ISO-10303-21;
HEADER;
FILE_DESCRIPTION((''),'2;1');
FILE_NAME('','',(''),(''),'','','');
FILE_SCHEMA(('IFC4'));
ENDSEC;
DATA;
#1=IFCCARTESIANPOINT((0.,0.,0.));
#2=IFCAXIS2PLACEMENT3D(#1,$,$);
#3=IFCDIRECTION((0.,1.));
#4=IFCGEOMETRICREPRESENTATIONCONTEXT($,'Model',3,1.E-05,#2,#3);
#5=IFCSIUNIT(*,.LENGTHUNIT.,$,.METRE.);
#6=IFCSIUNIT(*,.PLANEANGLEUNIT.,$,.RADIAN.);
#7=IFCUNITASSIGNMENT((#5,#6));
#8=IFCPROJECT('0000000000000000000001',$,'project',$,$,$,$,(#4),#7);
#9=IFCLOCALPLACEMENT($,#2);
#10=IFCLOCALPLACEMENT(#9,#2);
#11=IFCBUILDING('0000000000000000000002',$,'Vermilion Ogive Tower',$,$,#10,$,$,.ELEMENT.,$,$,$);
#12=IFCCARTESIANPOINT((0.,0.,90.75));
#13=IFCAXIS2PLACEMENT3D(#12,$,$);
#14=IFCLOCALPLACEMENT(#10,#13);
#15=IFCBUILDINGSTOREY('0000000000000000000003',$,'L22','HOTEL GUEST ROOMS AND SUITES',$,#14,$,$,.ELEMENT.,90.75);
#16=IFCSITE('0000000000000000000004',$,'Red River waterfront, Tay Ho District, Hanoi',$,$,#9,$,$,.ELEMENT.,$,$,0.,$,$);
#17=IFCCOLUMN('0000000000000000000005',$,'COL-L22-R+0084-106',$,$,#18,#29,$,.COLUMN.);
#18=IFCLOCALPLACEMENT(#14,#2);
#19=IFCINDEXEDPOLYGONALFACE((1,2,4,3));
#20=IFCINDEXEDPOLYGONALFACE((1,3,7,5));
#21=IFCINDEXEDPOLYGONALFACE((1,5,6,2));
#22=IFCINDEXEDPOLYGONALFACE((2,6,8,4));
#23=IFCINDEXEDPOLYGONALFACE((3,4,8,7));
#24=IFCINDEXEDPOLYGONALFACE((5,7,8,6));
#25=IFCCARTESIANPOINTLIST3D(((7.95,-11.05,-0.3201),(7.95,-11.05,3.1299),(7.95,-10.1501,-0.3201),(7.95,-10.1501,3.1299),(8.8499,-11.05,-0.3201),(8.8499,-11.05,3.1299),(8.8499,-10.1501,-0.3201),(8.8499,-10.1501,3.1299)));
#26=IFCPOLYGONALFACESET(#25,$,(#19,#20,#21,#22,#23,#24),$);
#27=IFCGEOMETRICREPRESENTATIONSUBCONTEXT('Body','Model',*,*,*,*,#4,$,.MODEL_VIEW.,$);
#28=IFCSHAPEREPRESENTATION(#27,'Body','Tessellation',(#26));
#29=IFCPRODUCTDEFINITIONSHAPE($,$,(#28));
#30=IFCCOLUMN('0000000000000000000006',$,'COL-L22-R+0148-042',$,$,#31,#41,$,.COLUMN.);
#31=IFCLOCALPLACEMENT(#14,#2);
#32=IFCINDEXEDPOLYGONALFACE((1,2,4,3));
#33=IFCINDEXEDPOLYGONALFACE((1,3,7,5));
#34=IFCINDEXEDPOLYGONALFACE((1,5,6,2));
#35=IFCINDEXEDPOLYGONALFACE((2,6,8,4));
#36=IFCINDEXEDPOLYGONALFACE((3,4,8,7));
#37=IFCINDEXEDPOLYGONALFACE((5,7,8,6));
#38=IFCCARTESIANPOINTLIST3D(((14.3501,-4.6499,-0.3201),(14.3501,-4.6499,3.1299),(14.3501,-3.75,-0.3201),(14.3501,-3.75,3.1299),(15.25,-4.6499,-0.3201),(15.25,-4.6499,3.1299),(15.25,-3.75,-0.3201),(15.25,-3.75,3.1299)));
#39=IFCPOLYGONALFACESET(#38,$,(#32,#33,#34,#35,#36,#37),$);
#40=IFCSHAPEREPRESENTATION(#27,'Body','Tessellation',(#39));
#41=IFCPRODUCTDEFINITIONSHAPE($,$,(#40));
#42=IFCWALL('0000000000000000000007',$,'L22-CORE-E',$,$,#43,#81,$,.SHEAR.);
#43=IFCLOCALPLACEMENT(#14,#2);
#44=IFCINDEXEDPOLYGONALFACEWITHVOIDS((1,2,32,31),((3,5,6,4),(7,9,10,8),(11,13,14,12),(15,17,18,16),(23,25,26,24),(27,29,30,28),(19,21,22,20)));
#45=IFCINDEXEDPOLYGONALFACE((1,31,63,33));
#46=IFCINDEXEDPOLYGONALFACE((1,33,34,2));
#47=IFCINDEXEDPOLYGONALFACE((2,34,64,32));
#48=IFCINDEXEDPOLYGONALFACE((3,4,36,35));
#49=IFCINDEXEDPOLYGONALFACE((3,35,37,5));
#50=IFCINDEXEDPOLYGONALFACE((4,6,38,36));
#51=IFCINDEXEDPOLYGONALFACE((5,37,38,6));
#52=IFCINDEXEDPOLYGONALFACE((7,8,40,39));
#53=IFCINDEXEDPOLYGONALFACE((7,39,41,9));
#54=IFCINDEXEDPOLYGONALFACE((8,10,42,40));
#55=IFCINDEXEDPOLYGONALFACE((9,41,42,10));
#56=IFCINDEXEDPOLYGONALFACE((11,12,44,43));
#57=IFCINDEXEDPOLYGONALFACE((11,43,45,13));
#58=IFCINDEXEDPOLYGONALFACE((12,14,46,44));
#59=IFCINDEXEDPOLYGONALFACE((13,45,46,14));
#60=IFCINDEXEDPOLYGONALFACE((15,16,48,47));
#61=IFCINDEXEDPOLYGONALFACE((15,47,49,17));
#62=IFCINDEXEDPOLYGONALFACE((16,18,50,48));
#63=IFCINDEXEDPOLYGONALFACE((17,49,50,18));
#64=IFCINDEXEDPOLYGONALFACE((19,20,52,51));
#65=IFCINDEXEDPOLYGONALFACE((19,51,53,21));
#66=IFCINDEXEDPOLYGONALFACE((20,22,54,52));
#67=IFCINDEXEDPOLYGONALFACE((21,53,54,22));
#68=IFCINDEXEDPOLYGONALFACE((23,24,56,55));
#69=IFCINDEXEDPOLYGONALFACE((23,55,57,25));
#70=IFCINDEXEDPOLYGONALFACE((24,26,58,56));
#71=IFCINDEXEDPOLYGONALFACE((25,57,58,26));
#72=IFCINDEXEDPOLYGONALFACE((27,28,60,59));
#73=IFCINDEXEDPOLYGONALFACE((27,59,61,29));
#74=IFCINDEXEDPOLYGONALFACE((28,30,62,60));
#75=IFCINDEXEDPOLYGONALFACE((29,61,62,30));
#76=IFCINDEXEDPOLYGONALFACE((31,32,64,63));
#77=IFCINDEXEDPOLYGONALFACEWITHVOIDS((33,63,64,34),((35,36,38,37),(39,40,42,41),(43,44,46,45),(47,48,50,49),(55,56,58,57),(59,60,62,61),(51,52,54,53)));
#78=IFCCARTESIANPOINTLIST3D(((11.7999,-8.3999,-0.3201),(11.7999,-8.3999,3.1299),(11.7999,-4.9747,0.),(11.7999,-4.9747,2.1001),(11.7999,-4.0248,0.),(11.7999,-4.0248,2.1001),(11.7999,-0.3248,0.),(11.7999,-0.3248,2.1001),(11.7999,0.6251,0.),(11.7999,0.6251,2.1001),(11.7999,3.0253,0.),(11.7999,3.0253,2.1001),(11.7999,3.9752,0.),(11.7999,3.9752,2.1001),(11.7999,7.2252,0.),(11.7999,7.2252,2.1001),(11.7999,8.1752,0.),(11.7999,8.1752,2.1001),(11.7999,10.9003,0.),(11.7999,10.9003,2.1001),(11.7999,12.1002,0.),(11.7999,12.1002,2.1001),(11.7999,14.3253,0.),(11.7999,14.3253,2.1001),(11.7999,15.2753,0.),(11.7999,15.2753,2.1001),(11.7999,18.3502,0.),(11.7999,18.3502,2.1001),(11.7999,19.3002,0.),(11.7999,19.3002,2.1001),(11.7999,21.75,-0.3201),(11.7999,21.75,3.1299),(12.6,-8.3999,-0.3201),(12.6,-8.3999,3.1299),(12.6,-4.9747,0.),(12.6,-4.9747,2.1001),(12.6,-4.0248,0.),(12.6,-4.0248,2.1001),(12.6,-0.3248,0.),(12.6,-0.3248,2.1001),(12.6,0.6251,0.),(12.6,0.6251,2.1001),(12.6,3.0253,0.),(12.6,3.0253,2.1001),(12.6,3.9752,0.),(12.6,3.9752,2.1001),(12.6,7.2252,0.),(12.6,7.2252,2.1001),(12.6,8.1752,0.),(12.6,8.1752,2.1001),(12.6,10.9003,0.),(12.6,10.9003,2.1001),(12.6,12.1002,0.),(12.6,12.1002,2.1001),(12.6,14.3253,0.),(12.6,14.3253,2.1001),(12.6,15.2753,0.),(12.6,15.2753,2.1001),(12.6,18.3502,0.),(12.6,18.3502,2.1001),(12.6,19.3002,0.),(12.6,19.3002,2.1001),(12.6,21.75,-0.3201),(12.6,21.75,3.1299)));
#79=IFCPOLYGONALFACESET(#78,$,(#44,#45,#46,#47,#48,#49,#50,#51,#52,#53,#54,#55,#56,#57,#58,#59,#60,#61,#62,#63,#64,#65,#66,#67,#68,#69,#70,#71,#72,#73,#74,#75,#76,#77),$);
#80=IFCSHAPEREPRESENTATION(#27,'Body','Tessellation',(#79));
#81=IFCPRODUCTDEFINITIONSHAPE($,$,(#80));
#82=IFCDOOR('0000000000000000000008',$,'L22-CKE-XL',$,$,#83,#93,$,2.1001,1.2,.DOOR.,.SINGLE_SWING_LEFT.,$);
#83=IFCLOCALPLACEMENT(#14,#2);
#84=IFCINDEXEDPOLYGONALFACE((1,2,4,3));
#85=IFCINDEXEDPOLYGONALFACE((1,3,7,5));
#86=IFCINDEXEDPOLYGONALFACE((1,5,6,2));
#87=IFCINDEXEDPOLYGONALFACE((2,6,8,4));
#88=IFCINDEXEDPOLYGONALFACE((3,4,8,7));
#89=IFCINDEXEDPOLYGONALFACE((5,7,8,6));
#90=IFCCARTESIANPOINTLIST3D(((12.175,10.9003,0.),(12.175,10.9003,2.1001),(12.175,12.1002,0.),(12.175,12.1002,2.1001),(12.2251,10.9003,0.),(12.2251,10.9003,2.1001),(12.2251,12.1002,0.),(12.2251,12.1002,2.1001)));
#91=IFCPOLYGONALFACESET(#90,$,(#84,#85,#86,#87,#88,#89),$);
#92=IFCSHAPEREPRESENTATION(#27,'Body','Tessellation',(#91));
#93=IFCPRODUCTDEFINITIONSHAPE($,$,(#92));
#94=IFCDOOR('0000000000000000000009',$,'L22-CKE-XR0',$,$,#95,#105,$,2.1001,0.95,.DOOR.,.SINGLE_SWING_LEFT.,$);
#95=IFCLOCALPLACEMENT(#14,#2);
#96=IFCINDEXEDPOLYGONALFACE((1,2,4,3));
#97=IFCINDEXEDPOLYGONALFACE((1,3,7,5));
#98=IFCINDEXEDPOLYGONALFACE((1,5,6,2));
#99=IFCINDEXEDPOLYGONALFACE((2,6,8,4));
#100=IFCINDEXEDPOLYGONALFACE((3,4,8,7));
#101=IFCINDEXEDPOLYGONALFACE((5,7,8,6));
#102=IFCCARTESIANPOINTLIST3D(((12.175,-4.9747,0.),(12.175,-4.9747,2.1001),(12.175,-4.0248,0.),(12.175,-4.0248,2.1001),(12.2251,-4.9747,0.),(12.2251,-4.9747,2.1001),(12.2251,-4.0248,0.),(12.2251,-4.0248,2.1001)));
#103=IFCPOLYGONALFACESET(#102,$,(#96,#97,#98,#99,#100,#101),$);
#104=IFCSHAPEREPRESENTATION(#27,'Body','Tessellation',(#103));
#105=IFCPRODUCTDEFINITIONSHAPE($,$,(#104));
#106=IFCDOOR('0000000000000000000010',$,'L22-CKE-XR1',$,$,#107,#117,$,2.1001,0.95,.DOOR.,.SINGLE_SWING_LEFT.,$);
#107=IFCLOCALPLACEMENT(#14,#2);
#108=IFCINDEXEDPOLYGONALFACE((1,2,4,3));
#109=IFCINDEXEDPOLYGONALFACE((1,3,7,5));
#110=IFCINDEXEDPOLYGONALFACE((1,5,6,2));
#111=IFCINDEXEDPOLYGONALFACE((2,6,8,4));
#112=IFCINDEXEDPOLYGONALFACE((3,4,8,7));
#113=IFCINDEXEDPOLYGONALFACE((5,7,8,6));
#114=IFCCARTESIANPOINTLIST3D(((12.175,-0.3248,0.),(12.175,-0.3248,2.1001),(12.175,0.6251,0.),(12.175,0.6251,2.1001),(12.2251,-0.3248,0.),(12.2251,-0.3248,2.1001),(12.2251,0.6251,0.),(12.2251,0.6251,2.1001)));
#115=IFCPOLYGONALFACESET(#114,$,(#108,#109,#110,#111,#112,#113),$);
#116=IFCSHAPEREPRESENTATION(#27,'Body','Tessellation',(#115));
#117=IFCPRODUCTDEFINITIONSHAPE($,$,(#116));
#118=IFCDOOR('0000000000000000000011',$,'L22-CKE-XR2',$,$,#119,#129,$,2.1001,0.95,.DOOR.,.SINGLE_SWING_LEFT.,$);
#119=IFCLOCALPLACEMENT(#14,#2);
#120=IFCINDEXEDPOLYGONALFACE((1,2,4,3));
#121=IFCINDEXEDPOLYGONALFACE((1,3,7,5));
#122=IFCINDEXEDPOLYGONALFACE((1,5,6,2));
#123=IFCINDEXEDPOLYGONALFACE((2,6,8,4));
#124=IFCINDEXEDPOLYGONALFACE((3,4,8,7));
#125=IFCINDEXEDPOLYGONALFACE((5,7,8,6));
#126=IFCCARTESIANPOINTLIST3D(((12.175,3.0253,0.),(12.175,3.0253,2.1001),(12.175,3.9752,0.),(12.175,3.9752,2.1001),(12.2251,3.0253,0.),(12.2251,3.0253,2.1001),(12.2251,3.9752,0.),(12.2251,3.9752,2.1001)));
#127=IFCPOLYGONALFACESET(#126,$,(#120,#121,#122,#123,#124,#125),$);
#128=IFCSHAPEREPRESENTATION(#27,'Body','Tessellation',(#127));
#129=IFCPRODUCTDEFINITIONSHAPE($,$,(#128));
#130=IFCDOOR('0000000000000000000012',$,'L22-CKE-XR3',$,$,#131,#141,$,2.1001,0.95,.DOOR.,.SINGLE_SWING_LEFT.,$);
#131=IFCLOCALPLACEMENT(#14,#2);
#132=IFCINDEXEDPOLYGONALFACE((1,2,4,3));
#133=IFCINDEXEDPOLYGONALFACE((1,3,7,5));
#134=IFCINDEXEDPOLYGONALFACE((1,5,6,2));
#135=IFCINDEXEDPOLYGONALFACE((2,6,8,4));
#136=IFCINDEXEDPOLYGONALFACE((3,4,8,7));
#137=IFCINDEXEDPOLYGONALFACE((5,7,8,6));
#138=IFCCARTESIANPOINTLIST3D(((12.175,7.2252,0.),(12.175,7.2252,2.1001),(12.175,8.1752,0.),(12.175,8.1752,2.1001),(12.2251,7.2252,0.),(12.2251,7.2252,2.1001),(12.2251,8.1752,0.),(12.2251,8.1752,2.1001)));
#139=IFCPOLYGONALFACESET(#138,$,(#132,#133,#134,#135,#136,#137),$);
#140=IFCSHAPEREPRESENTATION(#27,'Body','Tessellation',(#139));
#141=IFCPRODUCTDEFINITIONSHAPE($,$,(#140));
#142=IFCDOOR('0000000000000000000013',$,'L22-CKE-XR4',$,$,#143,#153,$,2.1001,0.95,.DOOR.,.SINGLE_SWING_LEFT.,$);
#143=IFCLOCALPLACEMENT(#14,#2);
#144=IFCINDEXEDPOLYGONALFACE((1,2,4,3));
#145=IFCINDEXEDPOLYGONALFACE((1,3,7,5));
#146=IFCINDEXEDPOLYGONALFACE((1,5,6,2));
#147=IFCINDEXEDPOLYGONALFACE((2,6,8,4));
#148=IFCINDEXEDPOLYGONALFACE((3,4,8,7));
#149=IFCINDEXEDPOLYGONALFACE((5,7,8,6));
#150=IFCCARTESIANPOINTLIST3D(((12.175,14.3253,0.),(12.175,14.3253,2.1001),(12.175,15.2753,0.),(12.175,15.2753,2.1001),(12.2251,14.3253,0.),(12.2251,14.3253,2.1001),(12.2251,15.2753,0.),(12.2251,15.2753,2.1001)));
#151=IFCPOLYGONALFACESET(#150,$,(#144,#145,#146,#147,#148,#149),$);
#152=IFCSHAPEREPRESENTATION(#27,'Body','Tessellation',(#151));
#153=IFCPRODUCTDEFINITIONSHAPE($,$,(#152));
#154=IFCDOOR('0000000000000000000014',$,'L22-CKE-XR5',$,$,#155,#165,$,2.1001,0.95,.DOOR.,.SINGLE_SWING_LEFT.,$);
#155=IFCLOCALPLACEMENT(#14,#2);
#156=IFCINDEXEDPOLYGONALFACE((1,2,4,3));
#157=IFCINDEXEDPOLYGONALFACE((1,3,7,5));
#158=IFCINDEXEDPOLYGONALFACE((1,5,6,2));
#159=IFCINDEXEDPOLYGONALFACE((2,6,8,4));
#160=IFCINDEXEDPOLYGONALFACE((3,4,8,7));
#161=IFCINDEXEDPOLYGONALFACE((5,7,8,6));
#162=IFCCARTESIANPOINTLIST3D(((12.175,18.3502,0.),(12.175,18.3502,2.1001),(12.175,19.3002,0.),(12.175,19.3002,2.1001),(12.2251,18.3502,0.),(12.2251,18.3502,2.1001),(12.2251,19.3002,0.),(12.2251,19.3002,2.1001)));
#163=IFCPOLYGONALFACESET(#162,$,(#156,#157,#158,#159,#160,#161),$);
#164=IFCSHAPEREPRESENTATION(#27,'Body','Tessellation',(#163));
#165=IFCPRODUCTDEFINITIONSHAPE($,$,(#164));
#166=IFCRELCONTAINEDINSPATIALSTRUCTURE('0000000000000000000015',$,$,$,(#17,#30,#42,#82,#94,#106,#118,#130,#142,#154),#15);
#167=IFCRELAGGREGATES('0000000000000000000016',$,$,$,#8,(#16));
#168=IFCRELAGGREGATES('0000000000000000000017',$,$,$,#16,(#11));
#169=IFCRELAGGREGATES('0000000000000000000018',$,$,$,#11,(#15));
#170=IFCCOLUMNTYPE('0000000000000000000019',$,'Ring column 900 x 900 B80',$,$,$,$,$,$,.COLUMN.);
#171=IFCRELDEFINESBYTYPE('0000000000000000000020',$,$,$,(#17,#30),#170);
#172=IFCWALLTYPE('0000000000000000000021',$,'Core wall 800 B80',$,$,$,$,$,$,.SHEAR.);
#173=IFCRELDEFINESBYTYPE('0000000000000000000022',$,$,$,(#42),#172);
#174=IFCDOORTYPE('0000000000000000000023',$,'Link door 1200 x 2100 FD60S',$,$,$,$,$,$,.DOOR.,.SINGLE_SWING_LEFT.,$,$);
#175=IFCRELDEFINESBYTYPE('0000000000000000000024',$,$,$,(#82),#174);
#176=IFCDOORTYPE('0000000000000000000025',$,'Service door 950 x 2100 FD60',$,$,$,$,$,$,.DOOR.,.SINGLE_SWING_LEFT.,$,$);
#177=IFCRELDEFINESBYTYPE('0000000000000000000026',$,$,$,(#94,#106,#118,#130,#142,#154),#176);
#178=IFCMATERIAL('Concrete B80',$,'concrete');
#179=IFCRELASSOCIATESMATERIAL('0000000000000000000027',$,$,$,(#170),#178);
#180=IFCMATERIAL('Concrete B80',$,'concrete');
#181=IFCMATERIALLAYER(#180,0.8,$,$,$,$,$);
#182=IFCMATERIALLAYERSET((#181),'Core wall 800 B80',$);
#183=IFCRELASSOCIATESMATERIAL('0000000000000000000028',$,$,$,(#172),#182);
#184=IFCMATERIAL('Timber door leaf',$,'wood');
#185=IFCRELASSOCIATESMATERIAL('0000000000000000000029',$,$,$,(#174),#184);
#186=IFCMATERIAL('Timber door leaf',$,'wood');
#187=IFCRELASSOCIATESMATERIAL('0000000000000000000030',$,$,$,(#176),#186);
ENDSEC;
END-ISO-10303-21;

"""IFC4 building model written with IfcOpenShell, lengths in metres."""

from ifc_helpers import new_model, si_unit, direction, frame, frame_2d, origin, origin_2d, place, context, subcontext, project, spatial, rectangle, extrude, material, layer, layer_set, material_profile, profile_set, type_object, element, fill, save


model = new_model("IFC4")

# Units and contexts
model_context = context("Model", 3, precision=1e-05, world=origin(), true_north=direction((0.0, 1.0)))
body_context = subcontext(model_context, "Body", "Model", "MODEL_VIEW")
ifc_project = project(units=[si_unit("LENGTHUNIT", "METRE"), si_unit("PLANEANGLEUNIT", "RADIAN")], contexts=[model_context])

# Site, building, storey
site_placement = place(None, origin())
site = spatial("IfcSite", under=ifc_project, at=site_placement, Name="Red River waterfront, Tay Ho District, Hanoi", CompositionType="ELEMENT", RefElevation=0.0)
building_placement = place(site_placement, origin())
building = spatial("IfcBuilding", under=site, at=building_placement, Name="Vermilion Ogive Tower", CompositionType="ELEMENT")
storey_placement = place(building_placement, frame((0.0, 0.0, 90.75)))
storey = spatial("IfcBuildingStorey", under=building, at=storey_placement, Name="L22", Description="HOTEL GUEST ROOMS AND SUITES", CompositionType="ELEMENT", Elevation=90.75)

# Columns
ifc_material_1 = material(Name="Concrete B80", Category="concrete")
ifc_material_profile = material_profile(ifc_material_1, rectangle(XDim=0.8999, YDim=0.8999, at=origin_2d()), Name="900 x 900")
ifc_profile_set = profile_set([ifc_material_profile], Name="Concrete B80")
column_type = type_object("IfcColumnType", Name="Ring column 900 x 900 B80", PredefinedType="COLUMN", material=ifc_profile_set)
for number, where, z_axis, x_axis, name in (
    (1, (8.3999, -10.6001, -0.3201), (0.0, 0.0, 1.0), (1.0, 0.0, 0.0), "COL-L22-R+0084-106"),
    (2, (14.8, -4.2, -0.3201), (0.0, 0.0, 1.0), (1.0, 0.0, 0.0), "COL-L22-R+0148-042"),
):
    element("IfcColumn", number, at=place(storey_placement, frame(where, z_axis=z_axis, x_axis=x_axis)), inside=storey, type_object=column_type, Name=name, PredefinedType="COLUMN", context=body_context, shape_type="SweptSolid", body=[
        extrude(rectangle(XDim=0.8999, YDim=0.8999, at=origin_2d()), origin(), (0.0, 0.0, 1.0), 3.45),
    ])

# Wall, openings, doors
ifc_material_2 = material(Name="Concrete B80", Category="concrete")
ifc_layer_1 = layer(ifc_material_2, 0.8)
ifc_layer_set_1 = layer_set([ifc_layer_1], Name="Core wall 800 B80")
wall_type_1 = type_object("IfcWallType", Name="Core wall 800 B80", PredefinedType="SHEAR", material=ifc_layer_set_1)
wall_1_placement = place(storey_placement, frame((12.2, -8.3999, -0.3201), z_axis=(0.0, 0.0, 1.0), x_axis=(0.0, 1.0, 0.0)))
wall_1 = element("IfcWall", 3, at=wall_1_placement, inside=storey, type_object=wall_type_1, Name="L22-CORE-E", PredefinedType="SHEAR", context=body_context, shape_type="SweptSolid", body=[
    extrude(rectangle(XDim=30.1499, YDim=0.8, at=frame_2d((15.075, 0.0))), origin(), (0.0, 0.0, 1.0), 3.45),
])
opening_1_placement = place(wall_1_placement, frame((3.425, 0.0, 0.3201)))
opening_1 = element("IfcOpeningElement", 4, at=opening_1_placement, cuts=wall_1, PredefinedType="OPENING", context=body_context, shape_type="SweptSolid", body=[
    extrude(rectangle(XDim=0.95, YDim=2.1001, at=frame_2d((0.4751, 1.05))), frame((0.0, 0.4099, 0.0), z_axis=(0.0, -1.0, 0.0), x_axis=(1.0, 0.0, 0.0)), (0.0, 0.0, 1.0), 0.8201),
])
opening_2_placement = place(wall_1_placement, frame((8.075, 0.0, 0.3201)))
opening_2 = element("IfcOpeningElement", 5, at=opening_2_placement, cuts=wall_1, PredefinedType="OPENING", context=body_context, shape_type="SweptSolid", body=[
    extrude(rectangle(XDim=0.95, YDim=2.1001, at=frame_2d((0.4751, 1.05))), frame((0.0, 0.4099, 0.0), z_axis=(0.0, -1.0, 0.0), x_axis=(1.0, 0.0, 0.0)), (0.0, 0.0, 1.0), 0.8201),
])
opening_3_placement = place(wall_1_placement, frame((11.425, 0.0, 0.3201)))
opening_3 = element("IfcOpeningElement", 6, at=opening_3_placement, cuts=wall_1, PredefinedType="OPENING", context=body_context, shape_type="SweptSolid", body=[
    extrude(rectangle(XDim=0.95, YDim=2.1001, at=frame_2d((0.4751, 1.05))), frame((0.0, 0.4099, 0.0), z_axis=(0.0, -1.0, 0.0), x_axis=(1.0, 0.0, 0.0)), (0.0, 0.0, 1.0), 0.8201),
])
opening_4_placement = place(wall_1_placement, frame((15.625, 0.0, 0.3201)))
opening_4 = element("IfcOpeningElement", 7, at=opening_4_placement, cuts=wall_1, PredefinedType="OPENING", context=body_context, shape_type="SweptSolid", body=[
    extrude(rectangle(XDim=0.95, YDim=2.1001, at=frame_2d((0.4751, 1.05))), frame((0.0, 0.4099, 0.0), z_axis=(0.0, -1.0, 0.0), x_axis=(1.0, 0.0, 0.0)), (0.0, 0.0, 1.0), 0.8201),
])
opening_5_placement = place(wall_1_placement, frame((22.7251, 0.0, 0.3201)))
opening_5 = element("IfcOpeningElement", 8, at=opening_5_placement, cuts=wall_1, PredefinedType="OPENING", context=body_context, shape_type="SweptSolid", body=[
    extrude(rectangle(XDim=0.95, YDim=2.1001, at=frame_2d((0.4751, 1.05))), frame((0.0, 0.4099, 0.0), z_axis=(0.0, -1.0, 0.0), x_axis=(1.0, 0.0, 0.0)), (0.0, 0.0, 1.0), 0.8201),
])
opening_6_placement = place(wall_1_placement, frame((26.75, 0.0, 0.3201)))
opening_6 = element("IfcOpeningElement", 9, at=opening_6_placement, cuts=wall_1, PredefinedType="OPENING", context=body_context, shape_type="SweptSolid", body=[
    extrude(rectangle(XDim=0.95, YDim=2.1001, at=frame_2d((0.4751, 1.05))), frame((0.0, 0.4099, 0.0), z_axis=(0.0, -1.0, 0.0), x_axis=(1.0, 0.0, 0.0)), (0.0, 0.0, 1.0), 0.8201),
])
opening_7_placement = place(wall_1_placement, frame((19.3, 0.0, 0.3201)))
opening_7 = element("IfcOpeningElement", 10, at=opening_7_placement, cuts=wall_1, PredefinedType="OPENING", context=body_context, shape_type="SweptSolid", body=[
    extrude(rectangle(XDim=1.2, YDim=2.1001, at=frame_2d((0.6001, 1.05))), frame((0.0, 0.4099, 0.0), z_axis=(0.0, -1.0, 0.0), x_axis=(1.0, 0.0, 0.0)), (0.0, 0.0, 1.0), 0.8201),
])
ifc_material_3 = material(Name="Timber door leaf", Category="wood")
door_type_1 = type_object("IfcDoorType", Name="Link door 1200 x 2100 FD60S", OperationType="SINGLE_SWING_LEFT", PredefinedType="DOOR", material=ifc_material_3)
door_1_placement = place(opening_7_placement, origin())
door_1 = element("IfcDoor", 11, at=door_1_placement, inside=storey, type_object=door_type_1, Name="L22-CKE-XL", OperationType="SINGLE_SWING_LEFT", OverallHeight=2.1001, OverallWidth=1.2, PredefinedType="DOOR", context=body_context, shape_type="SweptSolid", body=[
    extrude(rectangle(XDim=1.2, YDim=2.1001, at=frame_2d((0.6001, 1.05))), frame((0.0, 0.0249, 0.0), z_axis=(0.0, -1.0, 0.0), x_axis=(1.0, 0.0, 0.0)), (0.0, 0.0, 1.0), 0.05),
])
fill(opening_7, door_1)
ifc_material_4 = material(Name="Timber door leaf", Category="wood")
door_type_2 = type_object("IfcDoorType", Name="Service door 950 x 2100 FD60", OperationType="SINGLE_SWING_LEFT", PredefinedType="DOOR", material=ifc_material_4)
door_2_placement = place(opening_1_placement, origin())
door_2 = element("IfcDoor", 12, at=door_2_placement, inside=storey, type_object=door_type_2, Name="L22-CKE-XR0", OperationType="SINGLE_SWING_LEFT", OverallHeight=2.1001, OverallWidth=0.95, PredefinedType="DOOR", context=body_context, shape_type="SweptSolid", body=[
    extrude(rectangle(XDim=0.95, YDim=2.1001, at=frame_2d((0.4751, 1.05))), frame((0.0, 0.0249, 0.0), z_axis=(0.0, -1.0, 0.0), x_axis=(1.0, 0.0, 0.0)), (0.0, 0.0, 1.0), 0.05),
])
fill(opening_1, door_2)
door_3_placement = place(opening_2_placement, origin())
door_3 = element("IfcDoor", 13, at=door_3_placement, inside=storey, type_object=door_type_2, Name="L22-CKE-XR1", OperationType="SINGLE_SWING_LEFT", OverallHeight=2.1001, OverallWidth=0.95, PredefinedType="DOOR", context=body_context, shape_type="SweptSolid", body=[
    extrude(rectangle(XDim=0.95, YDim=2.1001, at=frame_2d((0.4751, 1.05))), frame((0.0, 0.0249, 0.0), z_axis=(0.0, -1.0, 0.0), x_axis=(1.0, 0.0, 0.0)), (0.0, 0.0, 1.0), 0.05),
])
fill(opening_2, door_3)
door_4_placement = place(opening_3_placement, origin())
door_4 = element("IfcDoor", 14, at=door_4_placement, inside=storey, type_object=door_type_2, Name="L22-CKE-XR2", OperationType="SINGLE_SWING_LEFT", OverallHeight=2.1001, OverallWidth=0.95, PredefinedType="DOOR", context=body_context, shape_type="SweptSolid", body=[
    extrude(rectangle(XDim=0.95, YDim=2.1001, at=frame_2d((0.4751, 1.05))), frame((0.0, 0.0249, 0.0), z_axis=(0.0, -1.0, 0.0), x_axis=(1.0, 0.0, 0.0)), (0.0, 0.0, 1.0), 0.05),
])
fill(opening_3, door_4)
door_5_placement = place(opening_4_placement, origin())
door_5 = element("IfcDoor", 15, at=door_5_placement, inside=storey, type_object=door_type_2, Name="L22-CKE-XR3", OperationType="SINGLE_SWING_LEFT", OverallHeight=2.1001, OverallWidth=0.95, PredefinedType="DOOR", context=body_context, shape_type="SweptSolid", body=[
    extrude(rectangle(XDim=0.95, YDim=2.1001, at=frame_2d((0.4751, 1.05))), frame((0.0, 0.0249, 0.0), z_axis=(0.0, -1.0, 0.0), x_axis=(1.0, 0.0, 0.0)), (0.0, 0.0, 1.0), 0.05),
])
fill(opening_4, door_5)
door_6_placement = place(opening_5_placement, origin())
door_6 = element("IfcDoor", 16, at=door_6_placement, inside=storey, type_object=door_type_2, Name="L22-CKE-XR4", OperationType="SINGLE_SWING_LEFT", OverallHeight=2.1001, OverallWidth=0.95, PredefinedType="DOOR", context=body_context, shape_type="SweptSolid", body=[
    extrude(rectangle(XDim=0.95, YDim=2.1001, at=frame_2d((0.4751, 1.05))), frame((0.0, 0.0249, 0.0), z_axis=(0.0, -1.0, 0.0), x_axis=(1.0, 0.0, 0.0)), (0.0, 0.0, 1.0), 0.05),
])
fill(opening_5, door_6)
door_7_placement = place(opening_6_placement, origin())
door_7 = element("IfcDoor", 17, at=door_7_placement, inside=storey, type_object=door_type_2, Name="L22-CKE-XR5", OperationType="SINGLE_SWING_LEFT", OverallHeight=2.1001, OverallWidth=0.95, PredefinedType="DOOR", context=body_context, shape_type="SweptSolid", body=[
    extrude(rectangle(XDim=0.95, YDim=2.1001, at=frame_2d((0.4751, 1.05))), frame((0.0, 0.0249, 0.0), z_axis=(0.0, -1.0, 0.0), x_axis=(1.0, 0.0, 0.0)), (0.0, 0.0, 1.0), 0.05),
])
fill(opening_6, door_7)

save(model, "model.ifc")
